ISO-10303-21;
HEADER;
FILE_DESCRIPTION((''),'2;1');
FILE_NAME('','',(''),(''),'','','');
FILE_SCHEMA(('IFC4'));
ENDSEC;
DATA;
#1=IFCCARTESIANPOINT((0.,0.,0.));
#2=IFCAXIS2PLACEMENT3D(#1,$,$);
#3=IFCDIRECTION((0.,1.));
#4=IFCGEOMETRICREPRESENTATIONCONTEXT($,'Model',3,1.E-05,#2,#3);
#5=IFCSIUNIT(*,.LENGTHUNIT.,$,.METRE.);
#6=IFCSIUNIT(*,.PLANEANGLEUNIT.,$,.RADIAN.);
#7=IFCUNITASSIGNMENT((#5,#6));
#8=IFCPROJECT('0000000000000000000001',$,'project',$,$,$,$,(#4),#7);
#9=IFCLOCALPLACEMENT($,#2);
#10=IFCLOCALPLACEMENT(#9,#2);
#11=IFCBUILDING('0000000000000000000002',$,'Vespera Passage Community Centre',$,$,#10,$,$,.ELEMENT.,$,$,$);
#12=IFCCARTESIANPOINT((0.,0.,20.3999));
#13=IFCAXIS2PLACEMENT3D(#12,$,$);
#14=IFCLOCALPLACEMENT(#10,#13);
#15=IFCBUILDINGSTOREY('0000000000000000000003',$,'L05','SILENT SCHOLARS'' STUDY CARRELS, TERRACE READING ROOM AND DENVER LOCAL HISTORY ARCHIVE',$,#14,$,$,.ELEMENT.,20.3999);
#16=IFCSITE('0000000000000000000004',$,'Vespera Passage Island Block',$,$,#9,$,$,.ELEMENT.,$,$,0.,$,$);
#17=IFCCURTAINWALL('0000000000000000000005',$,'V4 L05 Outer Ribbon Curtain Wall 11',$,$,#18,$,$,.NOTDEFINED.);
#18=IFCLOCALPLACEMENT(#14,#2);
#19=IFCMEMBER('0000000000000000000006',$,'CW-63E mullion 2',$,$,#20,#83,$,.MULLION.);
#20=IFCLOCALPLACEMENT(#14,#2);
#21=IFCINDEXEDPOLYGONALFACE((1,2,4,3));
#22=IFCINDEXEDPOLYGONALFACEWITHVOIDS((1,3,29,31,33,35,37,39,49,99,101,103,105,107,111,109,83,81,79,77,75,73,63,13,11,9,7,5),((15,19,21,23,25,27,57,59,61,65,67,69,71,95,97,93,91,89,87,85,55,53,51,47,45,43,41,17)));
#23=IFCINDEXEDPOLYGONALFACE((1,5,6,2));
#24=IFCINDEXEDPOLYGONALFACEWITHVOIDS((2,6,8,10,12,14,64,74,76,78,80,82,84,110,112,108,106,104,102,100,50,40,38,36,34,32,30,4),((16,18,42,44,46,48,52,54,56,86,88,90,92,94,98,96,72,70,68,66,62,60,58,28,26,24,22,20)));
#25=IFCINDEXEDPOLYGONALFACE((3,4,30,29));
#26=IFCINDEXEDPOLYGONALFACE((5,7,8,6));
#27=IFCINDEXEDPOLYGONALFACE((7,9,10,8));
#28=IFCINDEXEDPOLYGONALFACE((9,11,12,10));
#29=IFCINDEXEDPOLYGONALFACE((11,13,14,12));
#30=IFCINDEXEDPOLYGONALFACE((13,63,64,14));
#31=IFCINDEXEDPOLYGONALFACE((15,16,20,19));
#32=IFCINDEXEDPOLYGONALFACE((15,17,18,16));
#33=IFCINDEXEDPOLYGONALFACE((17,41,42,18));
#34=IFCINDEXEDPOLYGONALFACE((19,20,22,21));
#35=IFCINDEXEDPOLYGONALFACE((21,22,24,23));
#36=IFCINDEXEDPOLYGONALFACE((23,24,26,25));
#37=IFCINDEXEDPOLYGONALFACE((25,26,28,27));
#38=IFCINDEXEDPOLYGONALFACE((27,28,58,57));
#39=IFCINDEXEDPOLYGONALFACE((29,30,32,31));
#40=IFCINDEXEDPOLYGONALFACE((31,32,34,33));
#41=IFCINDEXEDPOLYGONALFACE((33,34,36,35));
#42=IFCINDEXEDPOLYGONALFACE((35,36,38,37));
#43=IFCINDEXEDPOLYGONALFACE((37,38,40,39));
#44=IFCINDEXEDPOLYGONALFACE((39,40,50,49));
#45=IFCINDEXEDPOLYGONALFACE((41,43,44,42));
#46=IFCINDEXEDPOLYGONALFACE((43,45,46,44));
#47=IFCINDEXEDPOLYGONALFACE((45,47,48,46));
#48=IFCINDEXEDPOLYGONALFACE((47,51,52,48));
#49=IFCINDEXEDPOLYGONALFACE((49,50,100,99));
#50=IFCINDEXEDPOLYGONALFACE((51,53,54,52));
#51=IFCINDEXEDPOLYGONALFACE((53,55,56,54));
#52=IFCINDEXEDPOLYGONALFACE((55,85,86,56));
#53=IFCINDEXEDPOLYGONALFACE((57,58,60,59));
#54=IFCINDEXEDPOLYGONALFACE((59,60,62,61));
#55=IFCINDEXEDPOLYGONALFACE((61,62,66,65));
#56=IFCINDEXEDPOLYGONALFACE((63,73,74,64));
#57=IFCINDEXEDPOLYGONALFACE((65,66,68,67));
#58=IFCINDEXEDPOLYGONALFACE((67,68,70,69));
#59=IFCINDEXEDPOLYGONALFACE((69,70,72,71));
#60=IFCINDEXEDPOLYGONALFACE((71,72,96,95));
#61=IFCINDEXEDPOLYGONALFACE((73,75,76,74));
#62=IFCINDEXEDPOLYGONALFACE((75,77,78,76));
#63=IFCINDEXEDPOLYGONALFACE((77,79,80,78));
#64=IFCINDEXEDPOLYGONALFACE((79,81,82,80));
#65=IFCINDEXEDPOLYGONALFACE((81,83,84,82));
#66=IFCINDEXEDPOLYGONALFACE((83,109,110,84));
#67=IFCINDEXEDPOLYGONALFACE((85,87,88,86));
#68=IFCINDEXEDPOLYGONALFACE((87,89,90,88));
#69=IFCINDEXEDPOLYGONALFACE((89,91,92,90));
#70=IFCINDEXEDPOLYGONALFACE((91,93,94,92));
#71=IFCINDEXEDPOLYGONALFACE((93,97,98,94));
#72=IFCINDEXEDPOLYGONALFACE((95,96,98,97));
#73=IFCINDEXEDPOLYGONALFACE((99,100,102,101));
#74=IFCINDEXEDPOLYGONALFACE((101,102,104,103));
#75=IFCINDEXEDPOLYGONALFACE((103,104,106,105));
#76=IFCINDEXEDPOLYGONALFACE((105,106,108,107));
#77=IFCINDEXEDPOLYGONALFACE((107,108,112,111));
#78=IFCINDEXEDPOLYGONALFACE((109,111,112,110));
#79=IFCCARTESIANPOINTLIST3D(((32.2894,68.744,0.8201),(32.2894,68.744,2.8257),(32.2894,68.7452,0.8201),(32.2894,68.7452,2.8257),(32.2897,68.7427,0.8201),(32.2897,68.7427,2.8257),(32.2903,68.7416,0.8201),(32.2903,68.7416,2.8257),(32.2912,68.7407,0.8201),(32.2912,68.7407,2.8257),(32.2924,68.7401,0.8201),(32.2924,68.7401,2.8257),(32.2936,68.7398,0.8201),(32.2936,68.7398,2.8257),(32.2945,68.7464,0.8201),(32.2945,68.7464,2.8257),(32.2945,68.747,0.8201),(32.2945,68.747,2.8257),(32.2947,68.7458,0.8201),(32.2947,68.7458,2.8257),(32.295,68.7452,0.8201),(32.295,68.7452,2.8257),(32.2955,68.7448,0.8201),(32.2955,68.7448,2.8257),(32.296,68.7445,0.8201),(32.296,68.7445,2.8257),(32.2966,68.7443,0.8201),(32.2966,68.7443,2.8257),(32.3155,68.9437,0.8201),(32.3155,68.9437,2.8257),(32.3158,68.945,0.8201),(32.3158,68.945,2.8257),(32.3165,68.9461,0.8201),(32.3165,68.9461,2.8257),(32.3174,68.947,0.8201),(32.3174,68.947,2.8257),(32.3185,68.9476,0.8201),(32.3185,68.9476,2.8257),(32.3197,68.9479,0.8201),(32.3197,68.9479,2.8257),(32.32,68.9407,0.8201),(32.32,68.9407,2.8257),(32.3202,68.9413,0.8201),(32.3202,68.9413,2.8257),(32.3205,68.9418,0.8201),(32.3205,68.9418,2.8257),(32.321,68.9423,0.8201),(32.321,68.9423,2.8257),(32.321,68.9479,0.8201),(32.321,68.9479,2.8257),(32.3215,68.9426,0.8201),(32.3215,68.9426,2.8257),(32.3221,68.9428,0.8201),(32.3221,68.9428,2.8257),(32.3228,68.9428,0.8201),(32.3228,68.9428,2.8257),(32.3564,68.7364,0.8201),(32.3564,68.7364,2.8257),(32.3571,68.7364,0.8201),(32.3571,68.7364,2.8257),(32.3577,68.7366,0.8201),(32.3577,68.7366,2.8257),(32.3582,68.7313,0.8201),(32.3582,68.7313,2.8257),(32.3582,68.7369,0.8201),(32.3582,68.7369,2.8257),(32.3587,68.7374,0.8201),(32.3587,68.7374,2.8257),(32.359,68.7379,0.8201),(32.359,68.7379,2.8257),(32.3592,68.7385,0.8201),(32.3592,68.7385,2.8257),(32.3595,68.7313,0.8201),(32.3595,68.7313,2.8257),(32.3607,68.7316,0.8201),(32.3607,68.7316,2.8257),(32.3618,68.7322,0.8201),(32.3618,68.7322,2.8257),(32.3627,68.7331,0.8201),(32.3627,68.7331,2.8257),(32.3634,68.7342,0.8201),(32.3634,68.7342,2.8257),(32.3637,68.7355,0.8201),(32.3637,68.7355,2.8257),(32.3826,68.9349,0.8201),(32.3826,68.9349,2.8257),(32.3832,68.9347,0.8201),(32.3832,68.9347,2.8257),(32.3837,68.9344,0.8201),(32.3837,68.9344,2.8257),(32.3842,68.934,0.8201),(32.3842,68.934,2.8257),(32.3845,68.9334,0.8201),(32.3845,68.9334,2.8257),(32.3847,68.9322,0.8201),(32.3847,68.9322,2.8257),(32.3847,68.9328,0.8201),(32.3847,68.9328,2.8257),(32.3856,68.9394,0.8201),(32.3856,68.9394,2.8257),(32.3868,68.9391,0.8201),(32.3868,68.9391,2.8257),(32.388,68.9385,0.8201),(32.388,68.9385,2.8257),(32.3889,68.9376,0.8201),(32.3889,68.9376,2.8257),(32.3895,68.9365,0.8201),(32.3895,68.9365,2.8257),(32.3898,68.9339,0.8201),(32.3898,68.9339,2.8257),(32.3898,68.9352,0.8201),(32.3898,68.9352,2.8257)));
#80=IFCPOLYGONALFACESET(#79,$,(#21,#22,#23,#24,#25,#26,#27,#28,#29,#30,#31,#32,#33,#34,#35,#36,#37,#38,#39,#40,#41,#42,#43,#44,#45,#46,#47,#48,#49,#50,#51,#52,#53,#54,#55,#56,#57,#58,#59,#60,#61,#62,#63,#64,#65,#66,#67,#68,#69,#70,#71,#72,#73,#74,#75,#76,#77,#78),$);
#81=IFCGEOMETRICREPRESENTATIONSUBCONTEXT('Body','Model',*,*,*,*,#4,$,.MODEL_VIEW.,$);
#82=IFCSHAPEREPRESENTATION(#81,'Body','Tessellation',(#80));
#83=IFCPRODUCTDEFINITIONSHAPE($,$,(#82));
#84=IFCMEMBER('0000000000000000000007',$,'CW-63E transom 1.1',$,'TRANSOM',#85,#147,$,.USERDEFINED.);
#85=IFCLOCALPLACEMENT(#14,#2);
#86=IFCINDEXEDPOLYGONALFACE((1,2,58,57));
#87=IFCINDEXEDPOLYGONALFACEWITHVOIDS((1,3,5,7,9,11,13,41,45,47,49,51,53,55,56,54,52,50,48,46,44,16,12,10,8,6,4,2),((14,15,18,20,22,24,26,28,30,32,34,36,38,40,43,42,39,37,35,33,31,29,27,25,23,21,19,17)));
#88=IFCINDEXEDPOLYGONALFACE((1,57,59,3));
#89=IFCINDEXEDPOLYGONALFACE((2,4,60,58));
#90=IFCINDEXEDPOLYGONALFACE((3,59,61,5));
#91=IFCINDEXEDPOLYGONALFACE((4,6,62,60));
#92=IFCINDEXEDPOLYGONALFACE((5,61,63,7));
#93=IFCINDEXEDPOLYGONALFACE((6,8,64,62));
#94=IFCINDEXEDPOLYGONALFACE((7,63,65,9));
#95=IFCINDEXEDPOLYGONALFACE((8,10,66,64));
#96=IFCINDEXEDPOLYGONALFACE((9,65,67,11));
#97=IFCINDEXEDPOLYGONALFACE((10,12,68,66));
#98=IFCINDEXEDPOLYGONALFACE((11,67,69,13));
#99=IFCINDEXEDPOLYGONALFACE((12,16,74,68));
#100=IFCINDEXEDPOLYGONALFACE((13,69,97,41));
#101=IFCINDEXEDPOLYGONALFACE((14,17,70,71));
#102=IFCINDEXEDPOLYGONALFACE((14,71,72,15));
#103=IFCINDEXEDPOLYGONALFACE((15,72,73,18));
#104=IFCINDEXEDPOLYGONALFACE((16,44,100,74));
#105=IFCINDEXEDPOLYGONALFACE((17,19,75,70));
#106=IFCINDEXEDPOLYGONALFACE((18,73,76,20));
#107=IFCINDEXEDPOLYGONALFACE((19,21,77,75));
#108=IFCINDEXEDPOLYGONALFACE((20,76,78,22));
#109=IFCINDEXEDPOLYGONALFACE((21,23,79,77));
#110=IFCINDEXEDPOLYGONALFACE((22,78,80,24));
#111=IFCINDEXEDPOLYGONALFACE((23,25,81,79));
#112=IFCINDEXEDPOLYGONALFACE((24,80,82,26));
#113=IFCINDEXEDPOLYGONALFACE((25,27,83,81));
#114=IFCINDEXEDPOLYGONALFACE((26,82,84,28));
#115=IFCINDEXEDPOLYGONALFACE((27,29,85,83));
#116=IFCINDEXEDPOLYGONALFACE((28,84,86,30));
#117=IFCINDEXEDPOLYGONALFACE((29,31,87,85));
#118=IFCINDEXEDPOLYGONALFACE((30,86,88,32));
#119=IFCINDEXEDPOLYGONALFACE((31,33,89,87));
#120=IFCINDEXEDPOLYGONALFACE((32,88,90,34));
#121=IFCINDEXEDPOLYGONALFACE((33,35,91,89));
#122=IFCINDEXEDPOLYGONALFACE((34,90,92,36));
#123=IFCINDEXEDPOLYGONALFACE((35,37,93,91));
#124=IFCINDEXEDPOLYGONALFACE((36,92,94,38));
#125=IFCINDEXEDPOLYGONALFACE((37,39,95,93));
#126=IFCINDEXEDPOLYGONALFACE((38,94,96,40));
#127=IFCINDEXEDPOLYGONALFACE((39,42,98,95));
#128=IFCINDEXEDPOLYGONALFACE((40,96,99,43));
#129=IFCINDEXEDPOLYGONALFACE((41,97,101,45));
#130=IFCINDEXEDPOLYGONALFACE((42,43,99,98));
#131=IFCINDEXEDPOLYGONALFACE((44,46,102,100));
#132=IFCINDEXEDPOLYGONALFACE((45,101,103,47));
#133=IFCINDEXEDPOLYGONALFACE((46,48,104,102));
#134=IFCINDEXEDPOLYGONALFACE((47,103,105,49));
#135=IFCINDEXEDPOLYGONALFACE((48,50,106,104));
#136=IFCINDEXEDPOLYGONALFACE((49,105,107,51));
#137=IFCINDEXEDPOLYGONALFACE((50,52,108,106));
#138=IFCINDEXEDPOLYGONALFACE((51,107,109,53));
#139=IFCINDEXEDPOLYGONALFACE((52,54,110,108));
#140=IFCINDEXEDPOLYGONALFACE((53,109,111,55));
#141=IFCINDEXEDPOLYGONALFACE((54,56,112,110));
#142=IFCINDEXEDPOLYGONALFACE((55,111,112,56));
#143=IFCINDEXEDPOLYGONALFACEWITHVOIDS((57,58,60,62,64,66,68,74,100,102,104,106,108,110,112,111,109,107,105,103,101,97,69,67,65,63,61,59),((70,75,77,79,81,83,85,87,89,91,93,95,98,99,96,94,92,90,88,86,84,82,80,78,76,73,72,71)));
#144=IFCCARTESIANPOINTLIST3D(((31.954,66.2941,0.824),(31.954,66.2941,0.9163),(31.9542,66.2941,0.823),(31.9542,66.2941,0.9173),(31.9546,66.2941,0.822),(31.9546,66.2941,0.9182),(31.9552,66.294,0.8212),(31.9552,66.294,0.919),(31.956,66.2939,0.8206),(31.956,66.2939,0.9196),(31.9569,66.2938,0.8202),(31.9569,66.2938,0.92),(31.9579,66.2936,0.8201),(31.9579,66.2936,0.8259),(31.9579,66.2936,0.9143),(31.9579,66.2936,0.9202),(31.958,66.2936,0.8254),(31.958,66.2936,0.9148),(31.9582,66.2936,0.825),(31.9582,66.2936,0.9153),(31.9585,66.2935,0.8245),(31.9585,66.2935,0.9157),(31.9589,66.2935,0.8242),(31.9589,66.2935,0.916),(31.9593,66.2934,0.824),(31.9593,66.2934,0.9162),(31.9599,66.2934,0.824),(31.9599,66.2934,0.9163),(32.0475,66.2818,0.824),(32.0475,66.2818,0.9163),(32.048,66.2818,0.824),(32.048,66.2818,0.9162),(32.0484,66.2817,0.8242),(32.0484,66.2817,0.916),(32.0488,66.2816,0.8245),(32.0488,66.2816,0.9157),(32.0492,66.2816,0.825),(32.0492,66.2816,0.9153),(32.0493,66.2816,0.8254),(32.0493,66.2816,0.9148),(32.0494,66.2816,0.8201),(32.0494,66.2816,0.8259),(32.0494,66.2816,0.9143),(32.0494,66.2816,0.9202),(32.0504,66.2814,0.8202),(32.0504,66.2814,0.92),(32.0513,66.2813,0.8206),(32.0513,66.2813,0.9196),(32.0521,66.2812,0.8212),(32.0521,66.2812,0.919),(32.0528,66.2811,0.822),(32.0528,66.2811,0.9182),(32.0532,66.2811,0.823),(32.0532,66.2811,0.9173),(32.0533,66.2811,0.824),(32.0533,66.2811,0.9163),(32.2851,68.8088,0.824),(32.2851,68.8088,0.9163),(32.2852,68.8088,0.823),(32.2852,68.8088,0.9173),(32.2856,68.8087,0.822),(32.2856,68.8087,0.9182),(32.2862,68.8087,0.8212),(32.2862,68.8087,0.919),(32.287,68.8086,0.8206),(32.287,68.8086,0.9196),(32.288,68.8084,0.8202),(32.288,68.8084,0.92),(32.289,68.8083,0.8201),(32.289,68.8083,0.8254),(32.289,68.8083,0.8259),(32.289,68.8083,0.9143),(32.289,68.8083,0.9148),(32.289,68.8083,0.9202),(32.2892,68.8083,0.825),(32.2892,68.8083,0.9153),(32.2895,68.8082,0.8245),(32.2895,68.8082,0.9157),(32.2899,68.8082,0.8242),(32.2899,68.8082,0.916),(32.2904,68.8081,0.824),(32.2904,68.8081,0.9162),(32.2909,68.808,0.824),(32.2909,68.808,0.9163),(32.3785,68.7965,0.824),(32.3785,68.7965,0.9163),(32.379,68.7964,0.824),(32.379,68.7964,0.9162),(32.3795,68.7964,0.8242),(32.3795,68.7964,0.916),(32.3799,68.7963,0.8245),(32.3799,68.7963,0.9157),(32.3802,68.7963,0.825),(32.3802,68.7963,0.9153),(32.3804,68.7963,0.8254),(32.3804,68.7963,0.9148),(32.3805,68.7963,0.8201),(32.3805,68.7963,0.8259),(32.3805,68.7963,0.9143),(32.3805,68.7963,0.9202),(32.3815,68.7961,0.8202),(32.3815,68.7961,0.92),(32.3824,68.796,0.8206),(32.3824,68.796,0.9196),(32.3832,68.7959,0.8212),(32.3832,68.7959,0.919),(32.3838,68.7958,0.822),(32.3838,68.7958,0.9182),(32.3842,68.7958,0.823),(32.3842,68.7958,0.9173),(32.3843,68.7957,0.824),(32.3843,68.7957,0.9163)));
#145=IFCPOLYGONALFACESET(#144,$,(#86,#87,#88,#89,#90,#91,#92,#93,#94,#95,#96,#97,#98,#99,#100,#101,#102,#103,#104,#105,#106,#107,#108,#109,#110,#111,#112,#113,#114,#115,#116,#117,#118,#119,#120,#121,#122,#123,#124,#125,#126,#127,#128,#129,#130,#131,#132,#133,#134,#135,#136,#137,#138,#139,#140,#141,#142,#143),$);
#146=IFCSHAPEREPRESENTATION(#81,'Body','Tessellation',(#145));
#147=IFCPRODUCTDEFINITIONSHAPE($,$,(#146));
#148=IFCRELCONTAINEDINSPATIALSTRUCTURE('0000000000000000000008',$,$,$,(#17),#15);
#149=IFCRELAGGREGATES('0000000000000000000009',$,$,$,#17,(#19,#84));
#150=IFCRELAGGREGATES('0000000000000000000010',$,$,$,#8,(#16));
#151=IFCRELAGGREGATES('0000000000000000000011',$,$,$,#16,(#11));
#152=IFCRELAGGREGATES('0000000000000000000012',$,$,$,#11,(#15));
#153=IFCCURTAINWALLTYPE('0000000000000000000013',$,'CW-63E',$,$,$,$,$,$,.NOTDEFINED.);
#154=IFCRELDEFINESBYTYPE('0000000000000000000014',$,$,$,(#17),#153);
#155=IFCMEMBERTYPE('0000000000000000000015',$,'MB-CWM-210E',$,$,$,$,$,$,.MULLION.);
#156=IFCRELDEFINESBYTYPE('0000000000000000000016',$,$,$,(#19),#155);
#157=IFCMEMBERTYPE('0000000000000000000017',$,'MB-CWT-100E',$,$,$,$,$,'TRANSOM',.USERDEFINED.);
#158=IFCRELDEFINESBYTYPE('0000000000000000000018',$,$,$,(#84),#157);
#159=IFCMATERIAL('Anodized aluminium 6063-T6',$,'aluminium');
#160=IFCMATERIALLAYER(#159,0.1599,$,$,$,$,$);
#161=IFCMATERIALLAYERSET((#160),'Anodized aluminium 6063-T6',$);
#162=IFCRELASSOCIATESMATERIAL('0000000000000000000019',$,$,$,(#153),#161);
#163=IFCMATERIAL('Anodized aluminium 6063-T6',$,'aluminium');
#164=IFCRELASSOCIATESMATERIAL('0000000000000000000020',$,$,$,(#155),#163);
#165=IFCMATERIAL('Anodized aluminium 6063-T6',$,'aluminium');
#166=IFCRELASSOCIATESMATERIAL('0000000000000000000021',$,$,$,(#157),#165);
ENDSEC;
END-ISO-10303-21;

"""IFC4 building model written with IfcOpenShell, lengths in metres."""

from ifc_helpers import new_model, si_unit, direction, frame, origin, origin_2d, place, context, subcontext, project, spatial, hollow_rectangle, extrude, material, layer, layer_set, material_profile, profile_set, type_object, element, aggregate, save


model = new_model("IFC4")

# Units and contexts
model_context = context("Model", 3, precision=1e-05, world=origin(), true_north=direction((0.0, 1.0)))
body_context = subcontext(model_context, "Body", "Model", "MODEL_VIEW")
ifc_project = project(units=[si_unit("LENGTHUNIT", "METRE"), si_unit("PLANEANGLEUNIT", "RADIAN")], contexts=[model_context])

# Site, building, storey
site_placement = place(None, origin())
site = spatial("IfcSite", under=ifc_project, at=site_placement, Name="Vespera Passage Island Block", CompositionType="ELEMENT", RefElevation=0.0)
building_placement = place(site_placement, origin())
building = spatial("IfcBuilding", under=site, at=building_placement, Name="Vespera Passage Community Centre", CompositionType="ELEMENT")
storey_placement = place(building_placement, frame((0.0, 0.0, 20.3999)))
storey = spatial("IfcBuildingStorey", under=building, at=storey_placement, Name="L05", Description="SILENT SCHOLARS' STUDY CARRELS, TERRACE READING ROOM AND DENVER LOCAL HISTORY ARCHIVE", CompositionType="ELEMENT", Elevation=20.3999)

# Curtain wall, members
ifc_material_1 = material(Name="Anodized aluminium 6063-T6", Category="aluminium")
ifc_layer_1 = layer(ifc_material_1, 0.1599)
ifc_layer_set_1 = layer_set([ifc_layer_1], Name="Anodized aluminium 6063-T6")
curtain_wall_type = type_object("IfcCurtainWallType", Name="CW-63E", PredefinedType="NOTDEFINED", material=ifc_layer_set_1)
curtain_wall_placement = place(storey_placement, origin())
curtain_wall = element("IfcCurtainWall", 1, at=curtain_wall_placement, inside=storey, type_object=curtain_wall_type, Name="V4 L05 Outer Ribbon Curtain Wall 11", PredefinedType="NOTDEFINED")
ifc_material_2 = material(Name="Anodized aluminium 6063-T6", Category="aluminium")
ifc_material_profile_1 = material_profile(ifc_material_2, hollow_rectangle(XDim=0.075, YDim=0.21, WallThickness=0.0049, InnerFilletRadius=0.0024, OuterFilletRadius=0.0049, at=origin_2d()), Name="ALU210X75X5")
ifc_profile_set_1 = profile_set([ifc_material_profile_1], Name="Anodized aluminium 6063-T6")
member_type_1 = type_object("IfcMemberType", Name="MB-CWM-210E", PredefinedType="MULLION", material=ifc_profile_set_1)
member_1_placement = place(storey_placement, frame((32.3396, 68.8396, 0.8201), z_axis=(0.0, 0.0, 1.0), x_axis=(-0.991445, 0.130523, 0.0)))
member_1 = element("IfcMember", 2, at=member_1_placement, type_object=member_type_1, Name="CW-63E mullion 2", PredefinedType="MULLION", context=body_context, shape_type="SweptSolid", body=[
    extrude(hollow_rectangle(XDim=0.075, YDim=0.21, WallThickness=0.0049, InnerFilletRadius=0.0024, OuterFilletRadius=0.0049, at=origin_2d()), origin(), (0.0, 0.0, 1.0), 2.0056),
])
ifc_material_3 = material(Name="Anodized aluminium 6063-T6", Category="aluminium")
ifc_material_profile_2 = material_profile(ifc_material_3, hollow_rectangle(XDim=0.1001, YDim=0.1001, WallThickness=0.0039, InnerFilletRadius=0.002, OuterFilletRadius=0.0039, at=origin_2d()), Name="ALU100X100X4")
ifc_profile_set_2 = profile_set([ifc_material_profile_2], Name="Anodized aluminium 6063-T6")
member_type_2 = type_object("IfcMemberType", Name="MB-CWT-100E", ElementType="TRANSOM", PredefinedType="USERDEFINED", material=ifc_profile_set_2)
member_2_placement = place(storey_placement, frame((32.0037, 66.2876, 0.8701), z_axis=(0.130524, 0.991445, 0.0), x_axis=(-0.991445, 0.130524, 0.0)))
member_2 = element("IfcMember", 3, at=member_2_placement, type_object=member_type_2, Name="CW-63E transom 1.1", ObjectType="TRANSOM", PredefinedType="USERDEFINED", context=body_context, shape_type="SweptSolid", body=[
    extrude(hollow_rectangle(XDim=0.1001, YDim=0.1001, WallThickness=0.0039, InnerFilletRadius=0.002, OuterFilletRadius=0.0039, at=origin_2d()), origin(), (0.0, 0.0, 1.0), 2.5364),
])
aggregate(curtain_wall, [member_1, member_2])

save(model, "model.ifc")
